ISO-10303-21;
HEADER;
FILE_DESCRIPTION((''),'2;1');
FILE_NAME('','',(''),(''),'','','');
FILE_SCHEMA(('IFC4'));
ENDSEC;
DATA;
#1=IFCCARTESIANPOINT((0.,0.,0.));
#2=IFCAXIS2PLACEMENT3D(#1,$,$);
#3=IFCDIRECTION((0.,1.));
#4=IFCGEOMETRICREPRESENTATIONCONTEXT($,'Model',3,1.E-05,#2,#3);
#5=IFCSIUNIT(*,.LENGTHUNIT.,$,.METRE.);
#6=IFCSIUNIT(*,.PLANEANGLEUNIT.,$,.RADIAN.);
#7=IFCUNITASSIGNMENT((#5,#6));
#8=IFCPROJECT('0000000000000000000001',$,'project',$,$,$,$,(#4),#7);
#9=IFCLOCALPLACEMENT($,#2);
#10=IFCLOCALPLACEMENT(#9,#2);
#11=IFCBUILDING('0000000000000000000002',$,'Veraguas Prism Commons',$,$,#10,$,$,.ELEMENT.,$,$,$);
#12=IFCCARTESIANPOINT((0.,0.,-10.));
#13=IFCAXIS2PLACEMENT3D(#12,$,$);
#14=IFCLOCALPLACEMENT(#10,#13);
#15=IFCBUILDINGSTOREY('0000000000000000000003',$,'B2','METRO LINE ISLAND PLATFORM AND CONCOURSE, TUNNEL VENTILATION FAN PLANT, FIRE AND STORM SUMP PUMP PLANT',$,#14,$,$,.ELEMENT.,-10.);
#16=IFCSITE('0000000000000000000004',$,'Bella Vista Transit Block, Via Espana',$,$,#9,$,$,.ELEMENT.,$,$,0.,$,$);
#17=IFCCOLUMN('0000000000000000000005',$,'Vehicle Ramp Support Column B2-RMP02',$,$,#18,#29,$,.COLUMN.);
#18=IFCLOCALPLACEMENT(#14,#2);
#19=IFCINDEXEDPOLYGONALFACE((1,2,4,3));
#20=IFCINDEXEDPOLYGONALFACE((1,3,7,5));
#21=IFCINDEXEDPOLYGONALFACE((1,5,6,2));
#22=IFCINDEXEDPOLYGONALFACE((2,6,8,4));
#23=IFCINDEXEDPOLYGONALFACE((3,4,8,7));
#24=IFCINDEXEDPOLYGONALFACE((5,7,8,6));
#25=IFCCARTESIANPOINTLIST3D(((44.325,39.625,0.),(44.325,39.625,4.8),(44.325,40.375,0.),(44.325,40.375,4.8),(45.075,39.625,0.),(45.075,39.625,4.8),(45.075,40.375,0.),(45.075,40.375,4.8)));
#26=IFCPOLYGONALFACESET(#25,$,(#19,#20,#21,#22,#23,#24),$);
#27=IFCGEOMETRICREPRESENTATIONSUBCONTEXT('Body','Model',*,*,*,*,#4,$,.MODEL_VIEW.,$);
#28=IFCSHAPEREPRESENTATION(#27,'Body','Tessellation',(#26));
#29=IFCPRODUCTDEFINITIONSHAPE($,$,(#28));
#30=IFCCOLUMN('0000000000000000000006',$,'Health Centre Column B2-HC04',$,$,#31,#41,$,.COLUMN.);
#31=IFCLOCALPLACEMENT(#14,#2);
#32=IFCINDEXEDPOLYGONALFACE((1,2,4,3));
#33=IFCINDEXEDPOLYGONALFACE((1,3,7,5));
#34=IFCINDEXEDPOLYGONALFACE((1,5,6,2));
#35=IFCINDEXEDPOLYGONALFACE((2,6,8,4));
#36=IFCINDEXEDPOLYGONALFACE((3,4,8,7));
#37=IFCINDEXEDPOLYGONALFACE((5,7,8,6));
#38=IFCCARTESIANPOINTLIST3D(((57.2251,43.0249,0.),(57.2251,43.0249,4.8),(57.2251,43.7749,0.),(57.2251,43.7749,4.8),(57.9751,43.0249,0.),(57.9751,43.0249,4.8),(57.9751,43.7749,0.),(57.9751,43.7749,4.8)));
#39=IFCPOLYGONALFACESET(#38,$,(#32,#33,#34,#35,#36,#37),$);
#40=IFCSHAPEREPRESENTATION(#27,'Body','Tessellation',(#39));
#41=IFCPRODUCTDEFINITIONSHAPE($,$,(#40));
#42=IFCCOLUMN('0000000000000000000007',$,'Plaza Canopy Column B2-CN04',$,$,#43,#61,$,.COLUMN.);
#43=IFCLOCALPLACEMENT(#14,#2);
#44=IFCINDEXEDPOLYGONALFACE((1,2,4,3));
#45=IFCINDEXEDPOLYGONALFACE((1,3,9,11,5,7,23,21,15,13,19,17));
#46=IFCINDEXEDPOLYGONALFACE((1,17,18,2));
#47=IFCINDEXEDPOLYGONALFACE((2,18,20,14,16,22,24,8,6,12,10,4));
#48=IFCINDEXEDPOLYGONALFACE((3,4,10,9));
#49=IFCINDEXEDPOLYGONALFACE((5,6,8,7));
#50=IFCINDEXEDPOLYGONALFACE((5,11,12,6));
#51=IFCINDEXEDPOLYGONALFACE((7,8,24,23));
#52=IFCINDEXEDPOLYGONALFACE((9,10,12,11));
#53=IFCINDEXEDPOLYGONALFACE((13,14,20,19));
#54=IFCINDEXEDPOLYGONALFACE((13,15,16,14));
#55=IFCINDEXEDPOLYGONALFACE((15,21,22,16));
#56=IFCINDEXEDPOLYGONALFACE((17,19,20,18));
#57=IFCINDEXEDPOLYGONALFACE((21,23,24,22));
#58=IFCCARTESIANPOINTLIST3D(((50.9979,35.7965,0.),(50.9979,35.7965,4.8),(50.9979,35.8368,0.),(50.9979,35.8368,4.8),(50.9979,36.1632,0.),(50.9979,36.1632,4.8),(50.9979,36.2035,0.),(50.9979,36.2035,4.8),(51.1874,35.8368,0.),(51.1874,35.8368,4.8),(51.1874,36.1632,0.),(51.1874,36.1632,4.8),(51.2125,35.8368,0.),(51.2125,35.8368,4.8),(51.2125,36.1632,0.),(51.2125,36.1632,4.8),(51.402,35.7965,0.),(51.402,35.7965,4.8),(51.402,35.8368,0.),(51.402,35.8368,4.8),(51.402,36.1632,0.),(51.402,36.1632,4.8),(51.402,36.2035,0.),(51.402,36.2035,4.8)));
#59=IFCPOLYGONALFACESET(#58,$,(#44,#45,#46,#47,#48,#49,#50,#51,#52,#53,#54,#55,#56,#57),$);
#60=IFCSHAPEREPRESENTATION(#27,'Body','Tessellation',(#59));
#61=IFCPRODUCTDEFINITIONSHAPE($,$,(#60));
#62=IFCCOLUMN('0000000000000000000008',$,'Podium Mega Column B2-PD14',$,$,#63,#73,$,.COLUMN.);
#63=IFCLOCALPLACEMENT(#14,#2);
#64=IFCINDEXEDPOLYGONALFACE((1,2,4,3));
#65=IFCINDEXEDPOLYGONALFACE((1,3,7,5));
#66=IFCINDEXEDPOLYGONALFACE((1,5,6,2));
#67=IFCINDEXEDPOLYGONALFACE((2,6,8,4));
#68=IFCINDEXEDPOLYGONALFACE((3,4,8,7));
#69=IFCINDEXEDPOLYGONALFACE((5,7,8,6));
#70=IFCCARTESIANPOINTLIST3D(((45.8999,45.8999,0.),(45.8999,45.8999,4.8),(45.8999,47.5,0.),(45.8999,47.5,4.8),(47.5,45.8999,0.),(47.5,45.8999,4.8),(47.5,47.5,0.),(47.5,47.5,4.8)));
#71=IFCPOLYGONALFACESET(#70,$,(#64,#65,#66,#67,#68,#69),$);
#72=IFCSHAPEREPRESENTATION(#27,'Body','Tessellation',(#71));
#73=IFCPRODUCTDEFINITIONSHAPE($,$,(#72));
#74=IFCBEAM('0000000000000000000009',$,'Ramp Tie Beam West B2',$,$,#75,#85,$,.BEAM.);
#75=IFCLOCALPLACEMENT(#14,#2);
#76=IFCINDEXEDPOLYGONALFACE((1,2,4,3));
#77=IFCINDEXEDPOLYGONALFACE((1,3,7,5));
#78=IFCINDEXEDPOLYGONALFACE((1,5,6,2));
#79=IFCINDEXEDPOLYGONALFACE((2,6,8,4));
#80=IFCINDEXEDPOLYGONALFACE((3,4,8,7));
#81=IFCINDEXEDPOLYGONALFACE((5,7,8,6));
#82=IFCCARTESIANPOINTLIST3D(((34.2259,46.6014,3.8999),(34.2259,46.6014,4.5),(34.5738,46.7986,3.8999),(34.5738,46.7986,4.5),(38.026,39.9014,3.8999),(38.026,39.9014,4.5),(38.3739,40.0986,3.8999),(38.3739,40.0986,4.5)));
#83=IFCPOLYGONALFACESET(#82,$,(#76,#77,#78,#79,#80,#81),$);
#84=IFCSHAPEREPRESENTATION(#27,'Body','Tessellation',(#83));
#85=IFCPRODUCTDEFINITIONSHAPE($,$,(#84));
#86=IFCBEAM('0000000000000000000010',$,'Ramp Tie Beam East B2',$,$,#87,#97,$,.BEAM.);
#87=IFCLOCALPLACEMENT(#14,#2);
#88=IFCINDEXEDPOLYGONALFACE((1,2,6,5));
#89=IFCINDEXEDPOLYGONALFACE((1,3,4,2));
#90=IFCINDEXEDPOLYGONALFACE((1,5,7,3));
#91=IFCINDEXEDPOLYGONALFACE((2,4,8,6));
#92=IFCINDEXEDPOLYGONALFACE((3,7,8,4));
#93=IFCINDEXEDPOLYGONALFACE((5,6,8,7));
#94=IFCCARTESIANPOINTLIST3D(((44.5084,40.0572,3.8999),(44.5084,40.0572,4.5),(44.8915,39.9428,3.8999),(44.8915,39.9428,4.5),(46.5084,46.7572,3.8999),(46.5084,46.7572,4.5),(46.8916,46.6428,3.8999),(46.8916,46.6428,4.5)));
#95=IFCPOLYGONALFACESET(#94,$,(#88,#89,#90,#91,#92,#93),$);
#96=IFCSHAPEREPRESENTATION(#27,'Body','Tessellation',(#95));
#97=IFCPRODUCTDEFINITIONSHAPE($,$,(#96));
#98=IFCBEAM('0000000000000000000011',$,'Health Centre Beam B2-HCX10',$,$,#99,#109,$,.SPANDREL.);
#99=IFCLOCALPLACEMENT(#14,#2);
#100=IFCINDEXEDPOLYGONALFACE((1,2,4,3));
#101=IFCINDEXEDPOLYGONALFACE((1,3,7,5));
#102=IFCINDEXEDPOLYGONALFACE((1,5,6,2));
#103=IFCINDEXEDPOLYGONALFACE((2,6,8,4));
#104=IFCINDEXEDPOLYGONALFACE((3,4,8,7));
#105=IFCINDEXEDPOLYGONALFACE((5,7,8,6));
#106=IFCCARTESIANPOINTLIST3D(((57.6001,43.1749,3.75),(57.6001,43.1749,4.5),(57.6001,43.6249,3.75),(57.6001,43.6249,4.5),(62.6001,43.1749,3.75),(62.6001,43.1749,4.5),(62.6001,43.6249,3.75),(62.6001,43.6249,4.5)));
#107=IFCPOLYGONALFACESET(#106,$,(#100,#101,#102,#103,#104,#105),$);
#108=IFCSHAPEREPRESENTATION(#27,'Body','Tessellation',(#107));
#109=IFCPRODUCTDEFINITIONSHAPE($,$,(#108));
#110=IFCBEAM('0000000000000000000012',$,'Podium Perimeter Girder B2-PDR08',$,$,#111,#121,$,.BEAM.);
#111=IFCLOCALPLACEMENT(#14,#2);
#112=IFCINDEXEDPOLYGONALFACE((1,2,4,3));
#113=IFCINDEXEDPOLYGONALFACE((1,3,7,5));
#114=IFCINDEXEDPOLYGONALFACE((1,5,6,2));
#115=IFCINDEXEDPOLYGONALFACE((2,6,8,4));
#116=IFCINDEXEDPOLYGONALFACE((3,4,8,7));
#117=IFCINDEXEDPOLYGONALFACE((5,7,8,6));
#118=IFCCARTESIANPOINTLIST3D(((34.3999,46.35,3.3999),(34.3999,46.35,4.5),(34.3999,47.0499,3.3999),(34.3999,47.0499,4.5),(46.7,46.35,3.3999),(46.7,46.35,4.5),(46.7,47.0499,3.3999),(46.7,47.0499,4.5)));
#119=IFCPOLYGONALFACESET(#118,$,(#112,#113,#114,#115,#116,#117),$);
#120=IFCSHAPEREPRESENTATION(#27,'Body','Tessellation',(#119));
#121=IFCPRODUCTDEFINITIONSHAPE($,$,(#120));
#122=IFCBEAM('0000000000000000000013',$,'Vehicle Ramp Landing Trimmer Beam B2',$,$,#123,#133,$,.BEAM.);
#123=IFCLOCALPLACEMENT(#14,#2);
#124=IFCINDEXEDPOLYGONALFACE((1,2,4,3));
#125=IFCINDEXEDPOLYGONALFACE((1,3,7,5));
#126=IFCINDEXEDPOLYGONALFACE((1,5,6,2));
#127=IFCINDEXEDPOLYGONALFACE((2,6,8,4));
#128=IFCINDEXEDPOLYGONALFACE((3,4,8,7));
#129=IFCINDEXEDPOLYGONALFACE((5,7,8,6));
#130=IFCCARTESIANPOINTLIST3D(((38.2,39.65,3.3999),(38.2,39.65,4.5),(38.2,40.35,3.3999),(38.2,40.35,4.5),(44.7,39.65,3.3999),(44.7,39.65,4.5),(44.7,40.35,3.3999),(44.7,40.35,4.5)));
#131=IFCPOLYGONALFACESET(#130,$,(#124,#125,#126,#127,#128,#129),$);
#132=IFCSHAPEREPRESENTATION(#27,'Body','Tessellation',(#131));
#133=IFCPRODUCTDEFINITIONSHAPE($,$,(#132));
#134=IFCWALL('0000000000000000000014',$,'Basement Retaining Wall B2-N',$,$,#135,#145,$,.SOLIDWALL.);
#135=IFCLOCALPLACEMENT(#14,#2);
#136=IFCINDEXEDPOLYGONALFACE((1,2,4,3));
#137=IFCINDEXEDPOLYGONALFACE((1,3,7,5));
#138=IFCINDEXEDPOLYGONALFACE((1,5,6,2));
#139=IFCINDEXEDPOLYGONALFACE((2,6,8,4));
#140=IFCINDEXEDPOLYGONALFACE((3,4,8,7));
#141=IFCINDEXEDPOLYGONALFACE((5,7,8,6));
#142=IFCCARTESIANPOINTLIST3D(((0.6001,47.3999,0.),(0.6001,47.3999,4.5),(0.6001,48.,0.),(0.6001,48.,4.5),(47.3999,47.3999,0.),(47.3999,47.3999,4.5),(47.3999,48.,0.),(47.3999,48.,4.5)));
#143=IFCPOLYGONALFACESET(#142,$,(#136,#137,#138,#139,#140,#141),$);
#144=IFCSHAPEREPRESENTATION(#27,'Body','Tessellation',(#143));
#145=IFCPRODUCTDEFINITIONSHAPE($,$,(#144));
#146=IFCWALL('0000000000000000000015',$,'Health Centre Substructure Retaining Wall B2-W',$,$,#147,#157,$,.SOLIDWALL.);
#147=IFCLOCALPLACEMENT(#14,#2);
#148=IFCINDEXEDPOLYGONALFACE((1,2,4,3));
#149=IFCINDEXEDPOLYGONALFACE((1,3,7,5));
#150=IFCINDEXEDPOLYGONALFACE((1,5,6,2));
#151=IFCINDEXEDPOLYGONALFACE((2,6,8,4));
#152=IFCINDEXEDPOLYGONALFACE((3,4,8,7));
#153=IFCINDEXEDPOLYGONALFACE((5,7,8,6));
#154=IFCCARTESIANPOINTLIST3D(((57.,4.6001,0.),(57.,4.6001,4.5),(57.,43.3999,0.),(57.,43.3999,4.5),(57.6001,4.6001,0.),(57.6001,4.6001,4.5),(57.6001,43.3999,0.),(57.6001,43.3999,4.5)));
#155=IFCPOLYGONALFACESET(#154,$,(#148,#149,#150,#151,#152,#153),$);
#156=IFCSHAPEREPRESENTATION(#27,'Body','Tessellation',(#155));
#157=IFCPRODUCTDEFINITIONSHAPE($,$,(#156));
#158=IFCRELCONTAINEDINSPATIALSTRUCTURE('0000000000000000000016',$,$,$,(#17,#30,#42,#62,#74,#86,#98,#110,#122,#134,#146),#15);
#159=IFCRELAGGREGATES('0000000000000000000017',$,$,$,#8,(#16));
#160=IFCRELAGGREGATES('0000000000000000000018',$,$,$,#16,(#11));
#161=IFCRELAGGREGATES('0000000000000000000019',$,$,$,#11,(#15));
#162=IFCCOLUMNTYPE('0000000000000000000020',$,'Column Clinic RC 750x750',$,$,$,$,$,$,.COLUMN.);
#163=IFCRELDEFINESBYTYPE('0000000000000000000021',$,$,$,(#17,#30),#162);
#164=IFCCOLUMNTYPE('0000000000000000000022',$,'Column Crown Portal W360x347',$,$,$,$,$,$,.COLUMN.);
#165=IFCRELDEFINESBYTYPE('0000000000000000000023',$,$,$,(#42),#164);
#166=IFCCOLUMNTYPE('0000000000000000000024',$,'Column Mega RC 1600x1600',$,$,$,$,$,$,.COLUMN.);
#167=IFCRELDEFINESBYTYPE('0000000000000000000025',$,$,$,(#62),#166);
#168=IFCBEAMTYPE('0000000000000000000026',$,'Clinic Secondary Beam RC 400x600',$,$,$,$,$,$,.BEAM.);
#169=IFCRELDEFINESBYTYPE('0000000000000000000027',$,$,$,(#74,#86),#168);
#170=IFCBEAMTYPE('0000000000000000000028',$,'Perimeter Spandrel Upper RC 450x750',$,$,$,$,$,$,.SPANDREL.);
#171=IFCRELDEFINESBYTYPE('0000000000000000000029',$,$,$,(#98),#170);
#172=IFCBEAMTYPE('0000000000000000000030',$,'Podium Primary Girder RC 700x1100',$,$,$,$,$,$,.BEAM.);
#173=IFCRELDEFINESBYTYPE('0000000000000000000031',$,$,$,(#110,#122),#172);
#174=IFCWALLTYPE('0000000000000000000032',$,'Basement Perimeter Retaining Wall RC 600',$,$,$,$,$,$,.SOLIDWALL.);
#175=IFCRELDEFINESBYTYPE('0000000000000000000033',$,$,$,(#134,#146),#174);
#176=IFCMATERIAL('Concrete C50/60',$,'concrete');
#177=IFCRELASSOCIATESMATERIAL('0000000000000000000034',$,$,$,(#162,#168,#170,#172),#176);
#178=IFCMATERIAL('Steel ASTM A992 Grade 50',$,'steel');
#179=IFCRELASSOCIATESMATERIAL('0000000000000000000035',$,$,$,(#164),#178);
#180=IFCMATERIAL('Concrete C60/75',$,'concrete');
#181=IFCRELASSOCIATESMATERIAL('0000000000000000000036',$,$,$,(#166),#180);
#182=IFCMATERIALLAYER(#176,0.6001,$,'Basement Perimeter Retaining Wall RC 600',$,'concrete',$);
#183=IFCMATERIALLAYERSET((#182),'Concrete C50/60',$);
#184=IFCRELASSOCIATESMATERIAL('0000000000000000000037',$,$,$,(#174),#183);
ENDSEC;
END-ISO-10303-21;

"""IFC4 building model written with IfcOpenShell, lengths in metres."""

from ifc_helpers import new_model, si_unit, direction, frame, frame_2d, origin, origin_2d, place, context, subcontext, project, spatial, rectangle, i_section, extrude, material, layer, layer_set, material_profile, profile_set, type_object, element, save


model = new_model("IFC4")

# Units and contexts
model_context = context("Model", 3, precision=1e-05, world=origin(), true_north=direction((0.0, 1.0)))
body_context = subcontext(model_context, "Body", "Model", "MODEL_VIEW")
ifc_project = project(units=[si_unit("LENGTHUNIT", "METRE"), si_unit("PLANEANGLEUNIT", "RADIAN")], contexts=[model_context])

# Site, building, storey
site_placement = place(None, origin())
site = spatial("IfcSite", under=ifc_project, at=site_placement, Name="Bella Vista Transit Block, Via Espana", CompositionType="ELEMENT", RefElevation=0.0)
building_placement = place(site_placement, origin())
building = spatial("IfcBuilding", under=site, at=building_placement, Name="Veraguas Prism Commons", CompositionType="ELEMENT")
storey_placement = place(building_placement, frame((0.0, 0.0, -10.0)))
storey = spatial("IfcBuildingStorey", under=building, at=storey_placement, Name="B2", Description="METRO LINE ISLAND PLATFORM AND CONCOURSE, TUNNEL VENTILATION FAN PLANT, FIRE AND STORM SUMP PUMP PLANT", CompositionType="ELEMENT", Elevation=-10.0)

# Columns
ifc_material_1 = material(Name="Concrete C50/60", Category="concrete")
ifc_material_profile_1 = material_profile(ifc_material_1, rectangle(XDim=0.75, YDim=0.75, at=origin_2d()), Name="RC750X750")
ifc_profile_set_1 = profile_set([ifc_material_profile_1], Name="Concrete C50/60")
column_type_1 = type_object("IfcColumnType", Name="Column Clinic RC 750x750", PredefinedType="COLUMN", material=ifc_profile_set_1)
for number, where, z_axis, x_axis, name in (
    (1, (44.7, 40.0, 0.0), (0.0, 0.0, 1.0), (1.0, 0.0, 0.0), "Vehicle Ramp Support Column B2-RMP02"),
    (2, (57.6001, 43.3999, 0.0), (0.0, 0.0, 1.0), (1.0, 0.0, 0.0), "Health Centre Column B2-HC04"),
):
    element("IfcColumn", number, at=place(storey_placement, frame(where, z_axis=z_axis, x_axis=x_axis)), inside=storey, type_object=column_type_1, Name=name, PredefinedType="COLUMN", context=body_context, shape_type="SweptSolid", body=[
        extrude(rectangle(XDim=0.75, YDim=0.75, at=origin_2d()), origin(), (0.0, 0.0, 1.0), 4.8),
    ])
ifc_material_2 = material(Name="Steel ASTM A992 Grade 50", Category="steel")
ifc_material_profile_2 = material_profile(ifc_material_2, i_section(OverallWidth=0.4041, OverallDepth=0.407, WebThickness=0.0251, FlangeThickness=0.0403, at=origin_2d()), Name="W360X347")
ifc_profile_set_2 = profile_set([ifc_material_profile_2], Name="Steel ASTM A992 Grade 50")
column_type_2 = type_object("IfcColumnType", Name="Column Crown Portal W360x347", PredefinedType="COLUMN", material=ifc_profile_set_2)
column_1_placement = place(storey_placement, frame((51.2, 36.0, 0.0), z_axis=(0.0, 0.0, 1.0), x_axis=(1.0, 0.0, 0.0)))
element("IfcColumn", 3, at=column_1_placement, inside=storey, type_object=column_type_2, Name="Plaza Canopy Column B2-CN04", PredefinedType="COLUMN", context=body_context, shape_type="SweptSolid", body=[
    extrude(i_section(OverallWidth=0.4041, OverallDepth=0.407, WebThickness=0.0251, FlangeThickness=0.0403, at=origin_2d()), origin(), (0.0, 0.0, 1.0), 4.8),
])
ifc_material_3 = material(Name="Concrete C60/75", Category="concrete")
ifc_material_profile_3 = material_profile(ifc_material_3, rectangle(XDim=1.6001, YDim=1.6001, at=origin_2d()), Name="RC1600X1600")
ifc_profile_set_3 = profile_set([ifc_material_profile_3], Name="Concrete C60/75")
column_type_3 = type_object("IfcColumnType", Name="Column Mega RC 1600x1600", PredefinedType="COLUMN", material=ifc_profile_set_3)
column_2_placement = place(storey_placement, frame((46.7, 46.7, 0.0), z_axis=(0.0, 0.0, 1.0), x_axis=(1.0, 0.0, 0.0)))
element("IfcColumn", 4, at=column_2_placement, inside=storey, type_object=column_type_3, Name="Podium Mega Column B2-PD14", PredefinedType="COLUMN", context=body_context, shape_type="SweptSolid", body=[
    extrude(rectangle(XDim=1.6001, YDim=1.6001, at=origin_2d()), origin(), (0.0, 0.0, 1.0), 4.8),
])

# Beams
ifc_material_profile_4 = material_profile(ifc_material_1, rectangle(XDim=0.3999, YDim=0.6001, at=origin_2d()), Name="RC400X600")
ifc_profile_set_4 = profile_set([ifc_material_profile_4], Name="Concrete C50/60")
beam_type_1 = type_object("IfcBeamType", Name="Clinic Secondary Beam RC 400x600", PredefinedType="BEAM", material=ifc_profile_set_4)
beam_1_placement = place(storey_placement, frame((38.2, 40.0, 4.2), z_axis=(-0.493348, 0.869832, 0.0), x_axis=(-0.869832, -0.493348, 0.0)))
element("IfcBeam", 5, at=beam_1_placement, inside=storey, type_object=beam_type_1, Name="Ramp Tie Beam West B2", PredefinedType="BEAM", context=body_context, shape_type="SweptSolid", body=[
    extrude(rectangle(XDim=0.3999, YDim=0.6001, at=origin_2d()), origin(), (0.0, 0.0, 1.0), 7.7026),
])
beam_2_placement = place(storey_placement, frame((44.7, 40.0, 4.2), z_axis=(0.286037, 0.958218, 0.0), x_axis=(-0.958218, 0.286037, 0.0)))
element("IfcBeam", 6, at=beam_2_placement, inside=storey, type_object=beam_type_1, Name="Ramp Tie Beam East B2", PredefinedType="BEAM", context=body_context, shape_type="SweptSolid", body=[
    extrude(rectangle(XDim=0.3999, YDim=0.6001, at=origin_2d()), origin(), (0.0, 0.0, 1.0), 6.9922),
])
ifc_material_profile_5 = material_profile(ifc_material_1, rectangle(XDim=0.45, YDim=0.75, at=origin_2d()), Name="RC450X750")
ifc_profile_set_5 = profile_set([ifc_material_profile_5], Name="Concrete C50/60")
beam_type_2 = type_object("IfcBeamType", Name="Perimeter Spandrel Upper RC 450x750", PredefinedType="SPANDREL", material=ifc_profile_set_5)
beam_3_placement = place(storey_placement, frame((57.6001, 43.3999, 4.125), z_axis=(1.0, 0.0, 0.0), x_axis=(0.0, 1.0, 0.0)))
element("IfcBeam", 7, at=beam_3_placement, inside=storey, type_object=beam_type_2, Name="Health Centre Beam B2-HCX10", PredefinedType="SPANDREL", context=body_context, shape_type="SweptSolid", body=[
    extrude(rectangle(XDim=0.45, YDim=0.75, at=origin_2d()), origin(), (0.0, 0.0, 1.0), 5.0),
])
ifc_material_profile_6 = material_profile(ifc_material_1, rectangle(XDim=0.7, YDim=1.1001, at=origin_2d()), Name="RC700X1100")
ifc_profile_set_6 = profile_set([ifc_material_profile_6], Name="Concrete C50/60")
beam_type_3 = type_object("IfcBeamType", Name="Podium Primary Girder RC 700x1100", PredefinedType="BEAM", material=ifc_profile_set_6)
beam_4_placement = place(storey_placement, frame((46.7, 46.7, 3.95), z_axis=(-1.0, 0.0, 0.0), x_axis=(0.0, -1.0, 0.0)))
element("IfcBeam", 8, at=beam_4_placement, inside=storey, type_object=beam_type_3, Name="Podium Perimeter Girder B2-PDR08", PredefinedType="BEAM", context=body_context, shape_type="SweptSolid", body=[
    extrude(rectangle(XDim=0.7, YDim=1.1001, at=origin_2d()), origin(), (0.0, 0.0, 1.0), 12.3),
])
beam_5_placement = place(storey_placement, frame((38.2, 40.0, 3.95), z_axis=(1.0, 0.0, 0.0), x_axis=(0.0, 1.0, 0.0)))
element("IfcBeam", 9, at=beam_5_placement, inside=storey, type_object=beam_type_3, Name="Vehicle Ramp Landing Trimmer Beam B2", PredefinedType="BEAM", context=body_context, shape_type="SweptSolid", body=[
    extrude(rectangle(XDim=0.7, YDim=1.1001, at=origin_2d()), origin(), (0.0, 0.0, 1.0), 6.5),
])

# Walls
ifc_layer = layer(ifc_material_1, 0.6001, Name="Basement Perimeter Retaining Wall RC 600", Category="concrete")
ifc_layer_set = layer_set([ifc_layer], Name="Concrete C50/60")
wall_type = type_object("IfcWallType", Name="Basement Perimeter Retaining Wall RC 600", PredefinedType="SOLIDWALL", material=ifc_layer_set)
wall_1_placement = place(storey_placement, frame((47.3999, 47.7, 0.0), z_axis=(0.0, 0.0, 1.0), x_axis=(-1.0, 0.0, 0.0)))
element("IfcWall", 10, at=wall_1_placement, inside=storey, type_object=wall_type, Name="Basement Retaining Wall B2-N", PredefinedType="SOLIDWALL", context=body_context, shape_type="SweptSolid", body=[
    extrude(rectangle(XDim=46.7998, YDim=0.6001, at=frame_2d((23.3999, 0.0))), origin(), (0.0, 0.0, 1.0), 4.5),
])
wall_2_placement = place(storey_placement, frame((57.3, 43.3999, 0.0), z_axis=(0.0, 0.0, 1.0), x_axis=(0.0, -1.0, 0.0)))
element("IfcWall", 11, at=wall_2_placement, inside=storey, type_object=wall_type, Name="Health Centre Substructure Retaining Wall B2-W", PredefinedType="SOLIDWALL", context=body_context, shape_type="SweptSolid", body=[
    extrude(rectangle(XDim=38.7998, YDim=0.6001, at=frame_2d((19.3999, 0.0))), origin(), (0.0, 0.0, 1.0), 4.5),
])

save(model, "model.ifc")
